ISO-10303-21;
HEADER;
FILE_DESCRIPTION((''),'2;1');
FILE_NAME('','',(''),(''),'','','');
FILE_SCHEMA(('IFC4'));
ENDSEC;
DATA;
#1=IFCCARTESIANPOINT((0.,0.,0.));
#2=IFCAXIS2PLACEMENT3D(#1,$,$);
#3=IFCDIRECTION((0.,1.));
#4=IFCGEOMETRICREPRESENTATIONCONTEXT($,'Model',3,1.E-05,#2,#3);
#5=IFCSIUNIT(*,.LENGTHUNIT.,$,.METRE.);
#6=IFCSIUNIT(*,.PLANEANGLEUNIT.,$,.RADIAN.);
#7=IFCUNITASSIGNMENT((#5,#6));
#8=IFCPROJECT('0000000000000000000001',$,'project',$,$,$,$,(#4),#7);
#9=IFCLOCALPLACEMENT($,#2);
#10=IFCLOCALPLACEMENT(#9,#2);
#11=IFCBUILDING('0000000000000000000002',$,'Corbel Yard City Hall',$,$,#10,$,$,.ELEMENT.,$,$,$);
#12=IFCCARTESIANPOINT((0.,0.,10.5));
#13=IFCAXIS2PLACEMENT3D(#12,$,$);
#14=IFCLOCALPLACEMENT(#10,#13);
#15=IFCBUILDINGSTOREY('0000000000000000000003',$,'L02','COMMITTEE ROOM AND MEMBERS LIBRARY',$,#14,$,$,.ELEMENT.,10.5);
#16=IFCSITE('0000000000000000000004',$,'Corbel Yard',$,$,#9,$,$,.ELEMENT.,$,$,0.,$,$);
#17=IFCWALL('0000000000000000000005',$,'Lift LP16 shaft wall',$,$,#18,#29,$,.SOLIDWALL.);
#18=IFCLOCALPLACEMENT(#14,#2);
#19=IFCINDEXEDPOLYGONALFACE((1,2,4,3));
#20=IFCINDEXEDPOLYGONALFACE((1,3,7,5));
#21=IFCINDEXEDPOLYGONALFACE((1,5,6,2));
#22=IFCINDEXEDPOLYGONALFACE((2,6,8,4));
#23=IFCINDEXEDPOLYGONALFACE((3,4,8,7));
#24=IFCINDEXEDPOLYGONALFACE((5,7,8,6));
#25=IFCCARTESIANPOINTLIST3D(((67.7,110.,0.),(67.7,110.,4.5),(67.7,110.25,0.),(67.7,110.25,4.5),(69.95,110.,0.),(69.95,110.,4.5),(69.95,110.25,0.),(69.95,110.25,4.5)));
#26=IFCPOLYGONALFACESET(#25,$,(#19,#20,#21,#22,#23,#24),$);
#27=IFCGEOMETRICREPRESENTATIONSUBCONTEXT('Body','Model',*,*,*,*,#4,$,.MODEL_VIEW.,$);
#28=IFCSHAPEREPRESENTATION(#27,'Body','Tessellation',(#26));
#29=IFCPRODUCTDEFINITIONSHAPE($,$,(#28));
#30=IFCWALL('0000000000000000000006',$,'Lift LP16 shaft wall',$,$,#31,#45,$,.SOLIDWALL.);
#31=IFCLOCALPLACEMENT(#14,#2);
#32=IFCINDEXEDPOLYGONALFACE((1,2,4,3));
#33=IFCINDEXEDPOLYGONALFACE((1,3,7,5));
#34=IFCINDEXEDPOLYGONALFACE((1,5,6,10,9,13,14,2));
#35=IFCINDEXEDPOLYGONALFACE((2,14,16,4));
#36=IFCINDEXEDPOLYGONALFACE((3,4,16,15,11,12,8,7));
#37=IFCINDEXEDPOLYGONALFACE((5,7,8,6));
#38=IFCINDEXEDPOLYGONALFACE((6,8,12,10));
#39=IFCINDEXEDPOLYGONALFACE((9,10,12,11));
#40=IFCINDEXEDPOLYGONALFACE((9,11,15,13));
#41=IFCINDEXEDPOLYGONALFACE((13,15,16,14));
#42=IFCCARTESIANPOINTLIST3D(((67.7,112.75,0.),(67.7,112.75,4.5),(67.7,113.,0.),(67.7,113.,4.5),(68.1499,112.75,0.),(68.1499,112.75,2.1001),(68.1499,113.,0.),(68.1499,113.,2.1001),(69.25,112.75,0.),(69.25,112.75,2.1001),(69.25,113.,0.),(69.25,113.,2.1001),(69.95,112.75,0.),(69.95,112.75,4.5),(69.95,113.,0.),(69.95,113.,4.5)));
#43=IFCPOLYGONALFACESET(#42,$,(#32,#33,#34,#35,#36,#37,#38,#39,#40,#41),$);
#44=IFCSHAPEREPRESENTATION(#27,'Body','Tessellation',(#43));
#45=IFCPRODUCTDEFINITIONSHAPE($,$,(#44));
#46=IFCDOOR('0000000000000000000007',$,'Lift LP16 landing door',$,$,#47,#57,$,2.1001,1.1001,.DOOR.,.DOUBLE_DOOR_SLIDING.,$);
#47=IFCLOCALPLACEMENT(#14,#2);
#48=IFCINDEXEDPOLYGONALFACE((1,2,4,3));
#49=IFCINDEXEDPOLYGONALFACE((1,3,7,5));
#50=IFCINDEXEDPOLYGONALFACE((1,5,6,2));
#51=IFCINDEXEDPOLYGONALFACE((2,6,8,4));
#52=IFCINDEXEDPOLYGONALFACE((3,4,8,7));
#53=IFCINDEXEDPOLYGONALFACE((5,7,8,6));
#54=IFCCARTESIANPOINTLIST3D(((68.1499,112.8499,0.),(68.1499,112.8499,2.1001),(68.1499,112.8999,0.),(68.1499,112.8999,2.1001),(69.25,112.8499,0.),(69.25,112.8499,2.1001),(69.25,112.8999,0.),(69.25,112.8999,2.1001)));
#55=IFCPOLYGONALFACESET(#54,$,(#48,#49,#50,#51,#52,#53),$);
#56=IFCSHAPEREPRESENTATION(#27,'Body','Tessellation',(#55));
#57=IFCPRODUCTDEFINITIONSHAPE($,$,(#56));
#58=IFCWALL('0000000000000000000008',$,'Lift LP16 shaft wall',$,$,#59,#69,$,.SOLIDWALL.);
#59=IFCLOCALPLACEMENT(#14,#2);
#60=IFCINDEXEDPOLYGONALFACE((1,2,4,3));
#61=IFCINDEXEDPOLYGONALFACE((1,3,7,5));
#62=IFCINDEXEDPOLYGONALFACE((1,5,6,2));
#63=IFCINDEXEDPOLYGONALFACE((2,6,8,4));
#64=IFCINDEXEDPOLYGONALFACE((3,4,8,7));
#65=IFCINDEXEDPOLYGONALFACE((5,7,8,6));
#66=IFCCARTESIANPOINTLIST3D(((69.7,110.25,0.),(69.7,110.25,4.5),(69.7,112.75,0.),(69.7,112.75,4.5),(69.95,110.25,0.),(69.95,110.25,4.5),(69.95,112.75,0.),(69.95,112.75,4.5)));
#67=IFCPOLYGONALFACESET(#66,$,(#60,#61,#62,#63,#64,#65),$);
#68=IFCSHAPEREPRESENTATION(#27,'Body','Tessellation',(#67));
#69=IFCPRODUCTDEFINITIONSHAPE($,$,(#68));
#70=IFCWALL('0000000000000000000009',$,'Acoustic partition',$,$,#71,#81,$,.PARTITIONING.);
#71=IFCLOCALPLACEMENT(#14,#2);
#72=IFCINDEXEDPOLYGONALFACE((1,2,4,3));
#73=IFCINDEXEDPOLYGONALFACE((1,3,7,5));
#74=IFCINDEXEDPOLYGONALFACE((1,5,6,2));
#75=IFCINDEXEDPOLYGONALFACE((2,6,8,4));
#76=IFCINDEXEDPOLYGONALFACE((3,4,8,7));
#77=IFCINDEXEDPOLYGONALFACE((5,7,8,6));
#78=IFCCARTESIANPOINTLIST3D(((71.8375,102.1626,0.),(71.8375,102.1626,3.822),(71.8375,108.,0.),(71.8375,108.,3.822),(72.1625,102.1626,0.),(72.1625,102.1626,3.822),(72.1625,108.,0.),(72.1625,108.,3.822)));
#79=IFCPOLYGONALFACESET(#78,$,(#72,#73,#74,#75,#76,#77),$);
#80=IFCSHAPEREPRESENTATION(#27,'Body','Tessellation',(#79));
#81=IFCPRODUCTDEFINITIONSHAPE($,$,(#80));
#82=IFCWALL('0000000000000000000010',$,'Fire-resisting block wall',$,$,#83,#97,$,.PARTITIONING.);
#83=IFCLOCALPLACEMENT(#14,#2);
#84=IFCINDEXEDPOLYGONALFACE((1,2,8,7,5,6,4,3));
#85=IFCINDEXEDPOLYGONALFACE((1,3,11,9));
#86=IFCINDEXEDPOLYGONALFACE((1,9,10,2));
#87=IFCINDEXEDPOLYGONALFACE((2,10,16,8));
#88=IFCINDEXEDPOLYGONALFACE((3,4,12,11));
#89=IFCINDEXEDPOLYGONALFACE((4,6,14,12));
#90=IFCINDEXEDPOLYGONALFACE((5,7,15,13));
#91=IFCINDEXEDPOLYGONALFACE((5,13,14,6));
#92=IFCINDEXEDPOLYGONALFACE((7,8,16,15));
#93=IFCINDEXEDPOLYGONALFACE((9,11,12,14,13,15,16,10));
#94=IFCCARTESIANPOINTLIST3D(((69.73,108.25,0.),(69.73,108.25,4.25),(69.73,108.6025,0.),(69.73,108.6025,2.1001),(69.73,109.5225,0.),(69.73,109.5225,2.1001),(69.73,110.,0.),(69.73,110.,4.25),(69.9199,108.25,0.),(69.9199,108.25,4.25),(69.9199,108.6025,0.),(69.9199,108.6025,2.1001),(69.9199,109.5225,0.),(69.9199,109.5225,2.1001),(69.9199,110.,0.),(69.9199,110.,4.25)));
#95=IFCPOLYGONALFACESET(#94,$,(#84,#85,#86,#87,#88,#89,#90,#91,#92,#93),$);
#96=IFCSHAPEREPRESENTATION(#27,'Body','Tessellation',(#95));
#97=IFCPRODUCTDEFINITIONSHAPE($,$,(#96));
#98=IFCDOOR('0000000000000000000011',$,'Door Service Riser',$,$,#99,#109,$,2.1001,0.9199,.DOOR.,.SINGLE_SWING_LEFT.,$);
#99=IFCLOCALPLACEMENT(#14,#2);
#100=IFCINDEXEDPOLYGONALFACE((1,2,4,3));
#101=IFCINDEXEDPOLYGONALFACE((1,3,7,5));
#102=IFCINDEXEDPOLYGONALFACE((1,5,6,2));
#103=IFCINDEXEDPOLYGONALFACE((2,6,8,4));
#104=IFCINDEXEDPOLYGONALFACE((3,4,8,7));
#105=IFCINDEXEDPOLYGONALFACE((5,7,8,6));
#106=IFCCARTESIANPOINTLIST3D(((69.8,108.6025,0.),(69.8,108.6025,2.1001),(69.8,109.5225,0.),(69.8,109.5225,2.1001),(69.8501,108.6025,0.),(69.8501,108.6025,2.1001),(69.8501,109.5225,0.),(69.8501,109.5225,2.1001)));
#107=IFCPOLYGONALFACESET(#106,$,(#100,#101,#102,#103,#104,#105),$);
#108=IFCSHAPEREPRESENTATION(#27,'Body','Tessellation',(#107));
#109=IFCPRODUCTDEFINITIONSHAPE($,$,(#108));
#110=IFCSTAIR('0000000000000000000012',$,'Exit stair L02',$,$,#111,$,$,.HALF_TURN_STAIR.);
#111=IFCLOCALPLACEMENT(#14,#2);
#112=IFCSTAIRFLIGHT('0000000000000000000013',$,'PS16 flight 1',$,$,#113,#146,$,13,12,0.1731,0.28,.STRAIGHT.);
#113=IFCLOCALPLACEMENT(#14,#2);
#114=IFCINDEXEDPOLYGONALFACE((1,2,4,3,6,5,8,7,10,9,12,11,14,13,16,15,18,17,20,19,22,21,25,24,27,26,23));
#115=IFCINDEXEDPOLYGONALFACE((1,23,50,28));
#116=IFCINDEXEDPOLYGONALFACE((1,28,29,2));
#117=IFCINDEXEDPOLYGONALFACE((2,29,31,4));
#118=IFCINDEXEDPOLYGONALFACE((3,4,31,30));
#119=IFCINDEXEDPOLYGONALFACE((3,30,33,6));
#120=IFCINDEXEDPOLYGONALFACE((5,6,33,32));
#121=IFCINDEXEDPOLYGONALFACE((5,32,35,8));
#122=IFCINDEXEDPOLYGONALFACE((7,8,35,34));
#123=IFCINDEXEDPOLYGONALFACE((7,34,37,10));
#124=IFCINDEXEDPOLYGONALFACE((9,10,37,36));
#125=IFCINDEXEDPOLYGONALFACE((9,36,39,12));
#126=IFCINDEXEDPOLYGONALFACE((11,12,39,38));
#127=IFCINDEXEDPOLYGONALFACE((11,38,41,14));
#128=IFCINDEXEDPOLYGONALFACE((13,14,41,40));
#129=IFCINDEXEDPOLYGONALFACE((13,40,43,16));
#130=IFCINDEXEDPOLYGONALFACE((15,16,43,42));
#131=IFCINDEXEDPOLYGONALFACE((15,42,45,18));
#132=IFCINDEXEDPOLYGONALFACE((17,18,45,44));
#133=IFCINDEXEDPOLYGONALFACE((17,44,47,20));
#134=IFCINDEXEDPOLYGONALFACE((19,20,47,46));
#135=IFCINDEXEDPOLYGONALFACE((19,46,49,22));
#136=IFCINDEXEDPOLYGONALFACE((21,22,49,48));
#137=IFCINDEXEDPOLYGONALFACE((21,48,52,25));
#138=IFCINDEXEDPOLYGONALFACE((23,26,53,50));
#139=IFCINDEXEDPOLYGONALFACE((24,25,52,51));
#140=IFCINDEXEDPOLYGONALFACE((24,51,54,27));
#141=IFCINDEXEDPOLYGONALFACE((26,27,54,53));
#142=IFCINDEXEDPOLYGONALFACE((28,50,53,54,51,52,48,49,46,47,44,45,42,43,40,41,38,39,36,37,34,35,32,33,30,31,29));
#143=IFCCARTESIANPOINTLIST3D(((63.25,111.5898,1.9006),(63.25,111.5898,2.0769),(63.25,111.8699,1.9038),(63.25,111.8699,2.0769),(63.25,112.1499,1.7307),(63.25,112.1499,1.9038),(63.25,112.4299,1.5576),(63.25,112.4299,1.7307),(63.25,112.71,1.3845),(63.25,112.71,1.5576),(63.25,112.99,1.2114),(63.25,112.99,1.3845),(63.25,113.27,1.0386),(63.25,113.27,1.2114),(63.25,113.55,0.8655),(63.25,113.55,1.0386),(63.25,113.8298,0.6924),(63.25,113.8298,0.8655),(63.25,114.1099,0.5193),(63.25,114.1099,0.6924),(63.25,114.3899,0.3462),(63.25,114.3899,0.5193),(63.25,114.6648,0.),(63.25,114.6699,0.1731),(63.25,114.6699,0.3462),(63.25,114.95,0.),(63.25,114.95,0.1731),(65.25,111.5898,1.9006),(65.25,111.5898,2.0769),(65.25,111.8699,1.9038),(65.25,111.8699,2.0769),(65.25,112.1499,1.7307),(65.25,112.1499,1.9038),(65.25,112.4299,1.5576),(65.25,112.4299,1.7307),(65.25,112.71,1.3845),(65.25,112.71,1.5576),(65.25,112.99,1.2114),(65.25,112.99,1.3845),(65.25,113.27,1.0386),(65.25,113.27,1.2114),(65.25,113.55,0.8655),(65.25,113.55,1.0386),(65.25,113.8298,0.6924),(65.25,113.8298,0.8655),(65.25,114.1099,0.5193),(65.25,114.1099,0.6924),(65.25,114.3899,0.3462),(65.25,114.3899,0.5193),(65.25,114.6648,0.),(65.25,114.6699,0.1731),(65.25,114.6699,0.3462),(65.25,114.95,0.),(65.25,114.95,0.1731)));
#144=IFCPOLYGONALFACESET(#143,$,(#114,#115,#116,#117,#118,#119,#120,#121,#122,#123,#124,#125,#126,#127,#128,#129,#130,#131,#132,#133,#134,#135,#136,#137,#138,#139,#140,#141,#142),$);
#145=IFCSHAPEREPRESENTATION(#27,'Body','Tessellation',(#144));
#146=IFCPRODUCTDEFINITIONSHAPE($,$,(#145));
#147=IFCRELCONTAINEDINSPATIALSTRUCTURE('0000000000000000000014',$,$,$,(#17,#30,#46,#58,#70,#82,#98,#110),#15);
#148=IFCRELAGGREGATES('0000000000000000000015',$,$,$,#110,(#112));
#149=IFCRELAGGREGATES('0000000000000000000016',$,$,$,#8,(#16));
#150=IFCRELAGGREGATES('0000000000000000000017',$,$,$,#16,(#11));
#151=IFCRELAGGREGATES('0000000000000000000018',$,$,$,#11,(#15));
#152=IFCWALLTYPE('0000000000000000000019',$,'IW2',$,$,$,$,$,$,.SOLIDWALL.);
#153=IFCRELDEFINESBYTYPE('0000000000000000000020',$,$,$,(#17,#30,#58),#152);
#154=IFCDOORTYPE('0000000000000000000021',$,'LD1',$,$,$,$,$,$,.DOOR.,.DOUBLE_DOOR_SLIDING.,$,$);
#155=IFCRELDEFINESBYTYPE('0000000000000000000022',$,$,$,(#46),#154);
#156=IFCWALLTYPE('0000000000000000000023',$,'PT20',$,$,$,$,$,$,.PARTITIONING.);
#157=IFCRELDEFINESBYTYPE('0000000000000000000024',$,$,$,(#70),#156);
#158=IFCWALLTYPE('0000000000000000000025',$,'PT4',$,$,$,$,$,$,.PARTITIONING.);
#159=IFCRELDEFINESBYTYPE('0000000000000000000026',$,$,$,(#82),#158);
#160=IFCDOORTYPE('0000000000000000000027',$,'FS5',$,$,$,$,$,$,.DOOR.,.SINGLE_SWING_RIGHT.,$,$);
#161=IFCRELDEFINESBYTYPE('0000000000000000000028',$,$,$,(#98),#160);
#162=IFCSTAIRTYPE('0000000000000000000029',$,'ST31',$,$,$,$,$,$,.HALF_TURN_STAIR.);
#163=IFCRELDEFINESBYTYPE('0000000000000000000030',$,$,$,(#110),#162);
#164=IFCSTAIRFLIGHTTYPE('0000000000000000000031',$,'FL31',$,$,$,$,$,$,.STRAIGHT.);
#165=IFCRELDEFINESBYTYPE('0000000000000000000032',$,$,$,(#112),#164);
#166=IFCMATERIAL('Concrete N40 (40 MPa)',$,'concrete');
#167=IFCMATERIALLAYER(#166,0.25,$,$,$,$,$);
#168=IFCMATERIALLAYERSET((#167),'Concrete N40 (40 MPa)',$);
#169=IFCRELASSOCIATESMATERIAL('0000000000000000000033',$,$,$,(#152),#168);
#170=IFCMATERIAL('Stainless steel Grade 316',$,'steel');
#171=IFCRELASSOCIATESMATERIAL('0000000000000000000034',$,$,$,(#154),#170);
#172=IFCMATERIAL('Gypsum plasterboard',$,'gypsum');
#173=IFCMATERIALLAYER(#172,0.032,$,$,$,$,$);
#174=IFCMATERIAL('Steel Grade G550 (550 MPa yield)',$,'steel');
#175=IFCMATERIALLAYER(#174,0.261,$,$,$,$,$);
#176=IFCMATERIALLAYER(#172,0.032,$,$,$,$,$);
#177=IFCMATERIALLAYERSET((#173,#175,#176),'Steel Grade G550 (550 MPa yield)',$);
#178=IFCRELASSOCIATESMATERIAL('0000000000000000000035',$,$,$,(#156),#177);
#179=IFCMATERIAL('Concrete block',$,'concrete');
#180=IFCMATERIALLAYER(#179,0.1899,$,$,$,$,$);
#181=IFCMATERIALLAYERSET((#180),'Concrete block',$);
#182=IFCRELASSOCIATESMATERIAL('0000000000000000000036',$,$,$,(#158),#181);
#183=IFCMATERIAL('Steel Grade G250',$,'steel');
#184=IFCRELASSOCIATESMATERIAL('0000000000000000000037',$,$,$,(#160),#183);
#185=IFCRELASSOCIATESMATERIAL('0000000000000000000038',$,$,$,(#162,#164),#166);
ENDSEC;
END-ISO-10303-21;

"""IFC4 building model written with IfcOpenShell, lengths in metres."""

from ifc_helpers import new_model, si_unit, direction, frame, frame_2d, origin, place, context, subcontext, project, spatial, polyline, rectangle, outline, extrude, material, layer, layer_set, type_object, element, fill, aggregate, save


model = new_model("IFC4")

# Units and contexts
model_context = context("Model", 3, precision=1e-05, world=origin(), true_north=direction((0.0, 1.0)))
body_context = subcontext(model_context, "Body", "Model", "MODEL_VIEW")
ifc_project = project(units=[si_unit("LENGTHUNIT", "METRE"), si_unit("PLANEANGLEUNIT", "RADIAN")], contexts=[model_context])

# Site, building, storey
site_placement = place(None, origin())
site = spatial("IfcSite", under=ifc_project, at=site_placement, Name="Corbel Yard", CompositionType="ELEMENT", RefElevation=0.0)
building_placement = place(site_placement, origin())
building = spatial("IfcBuilding", under=site, at=building_placement, Name="Corbel Yard City Hall", CompositionType="ELEMENT")
storey_placement = place(building_placement, frame((0.0, 0.0, 10.5)))
storey = spatial("IfcBuildingStorey", under=building, at=storey_placement, Name="L02", Description="COMMITTEE ROOM AND MEMBERS LIBRARY", CompositionType="ELEMENT", Elevation=10.5)

# Shared definitions
ifc_material_1 = material(Name="Steel Grade G250", Category="steel")

# Wall
ifc_material_2 = material(Name="Concrete N40 (40 MPa)", Category="concrete")
ifc_layer_1 = layer(ifc_material_2, 0.25)
ifc_layer_set_1 = layer_set([ifc_layer_1], Name="Concrete N40 (40 MPa)")
wall_type_1 = type_object("IfcWallType", Name="IW2", PredefinedType="SOLIDWALL", material=ifc_layer_set_1)
wall_1_placement = place(storey_placement, frame((67.7, 110.125, 0.0), z_axis=(0.0, 0.0, 1.0), x_axis=(1.0, 0.0, 0.0)))
element("IfcWall", 1, at=wall_1_placement, inside=storey, type_object=wall_type_1, Name="Lift LP16 shaft wall", PredefinedType="SOLIDWALL", context=body_context, shape_type="SweptSolid", body=[
    extrude(rectangle(XDim=2.25, YDim=0.25, at=frame_2d((1.125, 0.0))), origin(), (0.0, 0.0, 1.0), 4.5),
])

# Wall, opening, door
wall_2_placement = place(storey_placement, frame((67.7, 112.875, 0.0), z_axis=(0.0, 0.0, 1.0), x_axis=(1.0, 0.0, 0.0)))
wall_2 = element("IfcWall", 2, at=wall_2_placement, inside=storey, type_object=wall_type_1, Name="Lift LP16 shaft wall", PredefinedType="SOLIDWALL", context=body_context, shape_type="SweptSolid", body=[
    extrude(rectangle(XDim=2.25, YDim=0.25, at=frame_2d((1.125, 0.0))), origin(), (0.0, 0.0, 1.0), 4.5),
])
opening_1_placement = place(wall_2_placement, frame((0.45, 0.0, 0.0)))
opening_1 = element("IfcOpeningElement", 3, at=opening_1_placement, cuts=wall_2, PredefinedType="OPENING", context=body_context, shape_type="SweptSolid", body=[
    extrude(rectangle(XDim=1.1001, YDim=2.1001, at=frame_2d((0.55, 1.05))), frame((0.0, 0.135, 0.0), z_axis=(0.0, -1.0, 0.0), x_axis=(1.0, 0.0, 0.0)), (0.0, 0.0, 1.0), 0.27),
])
ifc_material_3 = material(Name="Stainless steel Grade 316", Category="steel")
door_type_1 = type_object("IfcDoorType", Name="LD1", OperationType="DOUBLE_DOOR_SLIDING", PredefinedType="DOOR", material=ifc_material_3)
door_1_placement = place(opening_1_placement, origin())
door_1 = element("IfcDoor", 4, at=door_1_placement, inside=storey, type_object=door_type_1, Name="Lift LP16 landing door", OperationType="DOUBLE_DOOR_SLIDING", OverallHeight=2.1001, OverallWidth=1.1001, PredefinedType="DOOR", context=body_context, shape_type="SweptSolid", body=[
    extrude(rectangle(XDim=1.1001, YDim=2.1001, at=frame_2d((0.55, 1.05))), frame((0.0, 0.0249, 0.0), z_axis=(0.0, -1.0, 0.0), x_axis=(1.0, 0.0, 0.0)), (0.0, 0.0, 1.0), 0.05),
])
fill(opening_1, door_1)

# Wall
wall_3_placement = place(storey_placement, frame((69.825, 110.25, 0.0), z_axis=(0.0, 0.0, 1.0), x_axis=(0.0, 1.0, 0.0)))
element("IfcWall", 5, at=wall_3_placement, inside=storey, type_object=wall_type_1, Name="Lift LP16 shaft wall", PredefinedType="SOLIDWALL", context=body_context, shape_type="SweptSolid", body=[
    extrude(rectangle(XDim=2.5, YDim=0.25, at=frame_2d((1.25, 0.0))), origin(), (0.0, 0.0, 1.0), 4.5),
])

# Shared definitions
ifc_material_4 = material(Name="Gypsum plasterboard", Category="gypsum")
ifc_layer_2 = layer(ifc_material_4, 0.032)
ifc_material_5 = material(Name="Steel Grade G550 (550 MPa yield)", Category="steel")
ifc_layer_3 = layer(ifc_material_5, 0.261)
ifc_layer_4 = layer(ifc_material_4, 0.032)
ifc_layer_set_2 = layer_set([ifc_layer_2, ifc_layer_3, ifc_layer_4], Name="Steel Grade G550 (550 MPa yield)")
wall_type_2 = type_object("IfcWallType", Name="PT20", PredefinedType="PARTITIONING", material=ifc_layer_set_2)

# Wall
wall_4_placement = place(storey_placement, frame((72.0, 102.1626, 0.0), z_axis=(0.0, 0.0, 1.0), x_axis=(0.0, 1.0, 0.0)))
element("IfcWall", 6, at=wall_4_placement, inside=storey, type_object=wall_type_2, Name="Acoustic partition", PredefinedType="PARTITIONING", context=body_context, shape_type="SweptSolid", body=[
    extrude(rectangle(XDim=5.8374, YDim=0.325, at=frame_2d((2.9187, 0.0))), origin(), (0.0, 0.0, 1.0), 3.822),
])

# Wall, opening, door
ifc_material_6 = material(Name="Concrete block", Category="concrete")
ifc_layer_5 = layer(ifc_material_6, 0.1899)
ifc_layer_set_3 = layer_set([ifc_layer_5], Name="Concrete block")
wall_type_3 = type_object("IfcWallType", Name="PT4", PredefinedType="PARTITIONING", material=ifc_layer_set_3)
wall_5_placement = place(storey_placement, frame((69.825, 108.25, 0.0), z_axis=(0.0, 0.0, 1.0), x_axis=(0.0, 1.0, 0.0)))
wall_5 = element("IfcWall", 7, at=wall_5_placement, inside=storey, type_object=wall_type_3, Name="Fire-resisting block wall", PredefinedType="PARTITIONING", context=body_context, shape_type="SweptSolid", body=[
    extrude(rectangle(XDim=1.75, YDim=0.1899, at=frame_2d((0.875, 0.0))), origin(), (0.0, 0.0, 1.0), 4.25),
])
opening_2_placement = place(wall_5_placement, frame((0.3525, 0.0, 0.0)))
opening_2 = element("IfcOpeningElement", 8, at=opening_2_placement, cuts=wall_5, PredefinedType="OPENING", context=body_context, shape_type="SweptSolid", body=[
    extrude(rectangle(XDim=0.9199, YDim=2.1001, at=frame_2d((0.46, 1.05))), frame((0.0, 0.105, 0.0), z_axis=(0.0, -1.0, 0.0), x_axis=(1.0, 0.0, 0.0)), (0.0, 0.0, 1.0), 0.21),
])
door_type_2 = type_object("IfcDoorType", Name="FS5", OperationType="SINGLE_SWING_RIGHT", PredefinedType="DOOR", material=ifc_material_1)
door_2_placement = place(opening_2_placement, origin())
door_2 = element("IfcDoor", 9, at=door_2_placement, inside=storey, type_object=door_type_2, Name="Door Service Riser", OperationType="SINGLE_SWING_LEFT", OverallHeight=2.1001, OverallWidth=0.9199, PredefinedType="DOOR", context=body_context, shape_type="SweptSolid", body=[
    extrude(rectangle(XDim=0.9199, YDim=2.1001, at=frame_2d((0.46, 1.05))), frame((0.0, 0.0249, 0.0), z_axis=(0.0, -1.0, 0.0), x_axis=(1.0, 0.0, 0.0)), (0.0, 0.0, 1.0), 0.05),
])
fill(opening_2, door_2)

# Stair, stair flight
stair_type = type_object("IfcStairType", Name="ST31", PredefinedType="HALF_TURN_STAIR", material=ifc_material_2)
stair_placement = place(storey_placement, origin())
stair = element("IfcStair", 10, at=stair_placement, inside=storey, type_object=stair_type, Name="Exit stair L02", PredefinedType="HALF_TURN_STAIR")
stair_flight_type = type_object("IfcStairFlightType", Name="FL31", PredefinedType="STRAIGHT", material=ifc_material_2)
stair_flight_1_placement = place(storey_placement, frame((64.25, 114.95, 0.0), z_axis=(0.0, 0.0, 1.0), x_axis=(0.0, -1.0, 0.0)))
stair_flight_1 = element("IfcStairFlight", 11, at=stair_flight_1_placement, type_object=stair_flight_type, Name="PS16 flight 1", NumberOfRisers=13, NumberOfTreads=12, PredefinedType="STRAIGHT", RiserHeight=0.1731, TreadLength=0.28, context=body_context, shape_type="SweptSolid", body=[
    extrude(outline(polyline([(0.0, 0.0), (0.0, 0.1731), (0.28, 0.1731), (0.28, 0.3462), (0.5601, 0.3462), (0.5601, 0.5193), (0.8401, 0.5193), (0.8401, 0.6924), (1.1201, 0.6924), (1.1201, 0.8655), (1.3999, 0.8655), (1.3999, 1.0386), (1.6799, 1.0386), (1.6799, 1.2114), (1.96, 1.2114), (1.96, 1.3845), (2.24, 1.3845), (2.24, 1.5576), (2.52, 1.5576), (2.52, 1.7307), (2.8, 1.7307), (2.8, 1.9038), (3.0801, 1.9038), (3.0801, 2.0769), (3.3601, 2.0769), (3.3601, 2.25), (3.3601, 1.9006), (0.2852, 0.0), (0.0, 0.0)])), frame((0.0, 1.0, 0.0), z_axis=(0.0, -1.0, 0.0), x_axis=(1.0, 0.0, 0.0)), (0.0, 0.0, 1.0), 2.0),
])
aggregate(stair, [stair_flight_1])

save(model, "model.ifc")
